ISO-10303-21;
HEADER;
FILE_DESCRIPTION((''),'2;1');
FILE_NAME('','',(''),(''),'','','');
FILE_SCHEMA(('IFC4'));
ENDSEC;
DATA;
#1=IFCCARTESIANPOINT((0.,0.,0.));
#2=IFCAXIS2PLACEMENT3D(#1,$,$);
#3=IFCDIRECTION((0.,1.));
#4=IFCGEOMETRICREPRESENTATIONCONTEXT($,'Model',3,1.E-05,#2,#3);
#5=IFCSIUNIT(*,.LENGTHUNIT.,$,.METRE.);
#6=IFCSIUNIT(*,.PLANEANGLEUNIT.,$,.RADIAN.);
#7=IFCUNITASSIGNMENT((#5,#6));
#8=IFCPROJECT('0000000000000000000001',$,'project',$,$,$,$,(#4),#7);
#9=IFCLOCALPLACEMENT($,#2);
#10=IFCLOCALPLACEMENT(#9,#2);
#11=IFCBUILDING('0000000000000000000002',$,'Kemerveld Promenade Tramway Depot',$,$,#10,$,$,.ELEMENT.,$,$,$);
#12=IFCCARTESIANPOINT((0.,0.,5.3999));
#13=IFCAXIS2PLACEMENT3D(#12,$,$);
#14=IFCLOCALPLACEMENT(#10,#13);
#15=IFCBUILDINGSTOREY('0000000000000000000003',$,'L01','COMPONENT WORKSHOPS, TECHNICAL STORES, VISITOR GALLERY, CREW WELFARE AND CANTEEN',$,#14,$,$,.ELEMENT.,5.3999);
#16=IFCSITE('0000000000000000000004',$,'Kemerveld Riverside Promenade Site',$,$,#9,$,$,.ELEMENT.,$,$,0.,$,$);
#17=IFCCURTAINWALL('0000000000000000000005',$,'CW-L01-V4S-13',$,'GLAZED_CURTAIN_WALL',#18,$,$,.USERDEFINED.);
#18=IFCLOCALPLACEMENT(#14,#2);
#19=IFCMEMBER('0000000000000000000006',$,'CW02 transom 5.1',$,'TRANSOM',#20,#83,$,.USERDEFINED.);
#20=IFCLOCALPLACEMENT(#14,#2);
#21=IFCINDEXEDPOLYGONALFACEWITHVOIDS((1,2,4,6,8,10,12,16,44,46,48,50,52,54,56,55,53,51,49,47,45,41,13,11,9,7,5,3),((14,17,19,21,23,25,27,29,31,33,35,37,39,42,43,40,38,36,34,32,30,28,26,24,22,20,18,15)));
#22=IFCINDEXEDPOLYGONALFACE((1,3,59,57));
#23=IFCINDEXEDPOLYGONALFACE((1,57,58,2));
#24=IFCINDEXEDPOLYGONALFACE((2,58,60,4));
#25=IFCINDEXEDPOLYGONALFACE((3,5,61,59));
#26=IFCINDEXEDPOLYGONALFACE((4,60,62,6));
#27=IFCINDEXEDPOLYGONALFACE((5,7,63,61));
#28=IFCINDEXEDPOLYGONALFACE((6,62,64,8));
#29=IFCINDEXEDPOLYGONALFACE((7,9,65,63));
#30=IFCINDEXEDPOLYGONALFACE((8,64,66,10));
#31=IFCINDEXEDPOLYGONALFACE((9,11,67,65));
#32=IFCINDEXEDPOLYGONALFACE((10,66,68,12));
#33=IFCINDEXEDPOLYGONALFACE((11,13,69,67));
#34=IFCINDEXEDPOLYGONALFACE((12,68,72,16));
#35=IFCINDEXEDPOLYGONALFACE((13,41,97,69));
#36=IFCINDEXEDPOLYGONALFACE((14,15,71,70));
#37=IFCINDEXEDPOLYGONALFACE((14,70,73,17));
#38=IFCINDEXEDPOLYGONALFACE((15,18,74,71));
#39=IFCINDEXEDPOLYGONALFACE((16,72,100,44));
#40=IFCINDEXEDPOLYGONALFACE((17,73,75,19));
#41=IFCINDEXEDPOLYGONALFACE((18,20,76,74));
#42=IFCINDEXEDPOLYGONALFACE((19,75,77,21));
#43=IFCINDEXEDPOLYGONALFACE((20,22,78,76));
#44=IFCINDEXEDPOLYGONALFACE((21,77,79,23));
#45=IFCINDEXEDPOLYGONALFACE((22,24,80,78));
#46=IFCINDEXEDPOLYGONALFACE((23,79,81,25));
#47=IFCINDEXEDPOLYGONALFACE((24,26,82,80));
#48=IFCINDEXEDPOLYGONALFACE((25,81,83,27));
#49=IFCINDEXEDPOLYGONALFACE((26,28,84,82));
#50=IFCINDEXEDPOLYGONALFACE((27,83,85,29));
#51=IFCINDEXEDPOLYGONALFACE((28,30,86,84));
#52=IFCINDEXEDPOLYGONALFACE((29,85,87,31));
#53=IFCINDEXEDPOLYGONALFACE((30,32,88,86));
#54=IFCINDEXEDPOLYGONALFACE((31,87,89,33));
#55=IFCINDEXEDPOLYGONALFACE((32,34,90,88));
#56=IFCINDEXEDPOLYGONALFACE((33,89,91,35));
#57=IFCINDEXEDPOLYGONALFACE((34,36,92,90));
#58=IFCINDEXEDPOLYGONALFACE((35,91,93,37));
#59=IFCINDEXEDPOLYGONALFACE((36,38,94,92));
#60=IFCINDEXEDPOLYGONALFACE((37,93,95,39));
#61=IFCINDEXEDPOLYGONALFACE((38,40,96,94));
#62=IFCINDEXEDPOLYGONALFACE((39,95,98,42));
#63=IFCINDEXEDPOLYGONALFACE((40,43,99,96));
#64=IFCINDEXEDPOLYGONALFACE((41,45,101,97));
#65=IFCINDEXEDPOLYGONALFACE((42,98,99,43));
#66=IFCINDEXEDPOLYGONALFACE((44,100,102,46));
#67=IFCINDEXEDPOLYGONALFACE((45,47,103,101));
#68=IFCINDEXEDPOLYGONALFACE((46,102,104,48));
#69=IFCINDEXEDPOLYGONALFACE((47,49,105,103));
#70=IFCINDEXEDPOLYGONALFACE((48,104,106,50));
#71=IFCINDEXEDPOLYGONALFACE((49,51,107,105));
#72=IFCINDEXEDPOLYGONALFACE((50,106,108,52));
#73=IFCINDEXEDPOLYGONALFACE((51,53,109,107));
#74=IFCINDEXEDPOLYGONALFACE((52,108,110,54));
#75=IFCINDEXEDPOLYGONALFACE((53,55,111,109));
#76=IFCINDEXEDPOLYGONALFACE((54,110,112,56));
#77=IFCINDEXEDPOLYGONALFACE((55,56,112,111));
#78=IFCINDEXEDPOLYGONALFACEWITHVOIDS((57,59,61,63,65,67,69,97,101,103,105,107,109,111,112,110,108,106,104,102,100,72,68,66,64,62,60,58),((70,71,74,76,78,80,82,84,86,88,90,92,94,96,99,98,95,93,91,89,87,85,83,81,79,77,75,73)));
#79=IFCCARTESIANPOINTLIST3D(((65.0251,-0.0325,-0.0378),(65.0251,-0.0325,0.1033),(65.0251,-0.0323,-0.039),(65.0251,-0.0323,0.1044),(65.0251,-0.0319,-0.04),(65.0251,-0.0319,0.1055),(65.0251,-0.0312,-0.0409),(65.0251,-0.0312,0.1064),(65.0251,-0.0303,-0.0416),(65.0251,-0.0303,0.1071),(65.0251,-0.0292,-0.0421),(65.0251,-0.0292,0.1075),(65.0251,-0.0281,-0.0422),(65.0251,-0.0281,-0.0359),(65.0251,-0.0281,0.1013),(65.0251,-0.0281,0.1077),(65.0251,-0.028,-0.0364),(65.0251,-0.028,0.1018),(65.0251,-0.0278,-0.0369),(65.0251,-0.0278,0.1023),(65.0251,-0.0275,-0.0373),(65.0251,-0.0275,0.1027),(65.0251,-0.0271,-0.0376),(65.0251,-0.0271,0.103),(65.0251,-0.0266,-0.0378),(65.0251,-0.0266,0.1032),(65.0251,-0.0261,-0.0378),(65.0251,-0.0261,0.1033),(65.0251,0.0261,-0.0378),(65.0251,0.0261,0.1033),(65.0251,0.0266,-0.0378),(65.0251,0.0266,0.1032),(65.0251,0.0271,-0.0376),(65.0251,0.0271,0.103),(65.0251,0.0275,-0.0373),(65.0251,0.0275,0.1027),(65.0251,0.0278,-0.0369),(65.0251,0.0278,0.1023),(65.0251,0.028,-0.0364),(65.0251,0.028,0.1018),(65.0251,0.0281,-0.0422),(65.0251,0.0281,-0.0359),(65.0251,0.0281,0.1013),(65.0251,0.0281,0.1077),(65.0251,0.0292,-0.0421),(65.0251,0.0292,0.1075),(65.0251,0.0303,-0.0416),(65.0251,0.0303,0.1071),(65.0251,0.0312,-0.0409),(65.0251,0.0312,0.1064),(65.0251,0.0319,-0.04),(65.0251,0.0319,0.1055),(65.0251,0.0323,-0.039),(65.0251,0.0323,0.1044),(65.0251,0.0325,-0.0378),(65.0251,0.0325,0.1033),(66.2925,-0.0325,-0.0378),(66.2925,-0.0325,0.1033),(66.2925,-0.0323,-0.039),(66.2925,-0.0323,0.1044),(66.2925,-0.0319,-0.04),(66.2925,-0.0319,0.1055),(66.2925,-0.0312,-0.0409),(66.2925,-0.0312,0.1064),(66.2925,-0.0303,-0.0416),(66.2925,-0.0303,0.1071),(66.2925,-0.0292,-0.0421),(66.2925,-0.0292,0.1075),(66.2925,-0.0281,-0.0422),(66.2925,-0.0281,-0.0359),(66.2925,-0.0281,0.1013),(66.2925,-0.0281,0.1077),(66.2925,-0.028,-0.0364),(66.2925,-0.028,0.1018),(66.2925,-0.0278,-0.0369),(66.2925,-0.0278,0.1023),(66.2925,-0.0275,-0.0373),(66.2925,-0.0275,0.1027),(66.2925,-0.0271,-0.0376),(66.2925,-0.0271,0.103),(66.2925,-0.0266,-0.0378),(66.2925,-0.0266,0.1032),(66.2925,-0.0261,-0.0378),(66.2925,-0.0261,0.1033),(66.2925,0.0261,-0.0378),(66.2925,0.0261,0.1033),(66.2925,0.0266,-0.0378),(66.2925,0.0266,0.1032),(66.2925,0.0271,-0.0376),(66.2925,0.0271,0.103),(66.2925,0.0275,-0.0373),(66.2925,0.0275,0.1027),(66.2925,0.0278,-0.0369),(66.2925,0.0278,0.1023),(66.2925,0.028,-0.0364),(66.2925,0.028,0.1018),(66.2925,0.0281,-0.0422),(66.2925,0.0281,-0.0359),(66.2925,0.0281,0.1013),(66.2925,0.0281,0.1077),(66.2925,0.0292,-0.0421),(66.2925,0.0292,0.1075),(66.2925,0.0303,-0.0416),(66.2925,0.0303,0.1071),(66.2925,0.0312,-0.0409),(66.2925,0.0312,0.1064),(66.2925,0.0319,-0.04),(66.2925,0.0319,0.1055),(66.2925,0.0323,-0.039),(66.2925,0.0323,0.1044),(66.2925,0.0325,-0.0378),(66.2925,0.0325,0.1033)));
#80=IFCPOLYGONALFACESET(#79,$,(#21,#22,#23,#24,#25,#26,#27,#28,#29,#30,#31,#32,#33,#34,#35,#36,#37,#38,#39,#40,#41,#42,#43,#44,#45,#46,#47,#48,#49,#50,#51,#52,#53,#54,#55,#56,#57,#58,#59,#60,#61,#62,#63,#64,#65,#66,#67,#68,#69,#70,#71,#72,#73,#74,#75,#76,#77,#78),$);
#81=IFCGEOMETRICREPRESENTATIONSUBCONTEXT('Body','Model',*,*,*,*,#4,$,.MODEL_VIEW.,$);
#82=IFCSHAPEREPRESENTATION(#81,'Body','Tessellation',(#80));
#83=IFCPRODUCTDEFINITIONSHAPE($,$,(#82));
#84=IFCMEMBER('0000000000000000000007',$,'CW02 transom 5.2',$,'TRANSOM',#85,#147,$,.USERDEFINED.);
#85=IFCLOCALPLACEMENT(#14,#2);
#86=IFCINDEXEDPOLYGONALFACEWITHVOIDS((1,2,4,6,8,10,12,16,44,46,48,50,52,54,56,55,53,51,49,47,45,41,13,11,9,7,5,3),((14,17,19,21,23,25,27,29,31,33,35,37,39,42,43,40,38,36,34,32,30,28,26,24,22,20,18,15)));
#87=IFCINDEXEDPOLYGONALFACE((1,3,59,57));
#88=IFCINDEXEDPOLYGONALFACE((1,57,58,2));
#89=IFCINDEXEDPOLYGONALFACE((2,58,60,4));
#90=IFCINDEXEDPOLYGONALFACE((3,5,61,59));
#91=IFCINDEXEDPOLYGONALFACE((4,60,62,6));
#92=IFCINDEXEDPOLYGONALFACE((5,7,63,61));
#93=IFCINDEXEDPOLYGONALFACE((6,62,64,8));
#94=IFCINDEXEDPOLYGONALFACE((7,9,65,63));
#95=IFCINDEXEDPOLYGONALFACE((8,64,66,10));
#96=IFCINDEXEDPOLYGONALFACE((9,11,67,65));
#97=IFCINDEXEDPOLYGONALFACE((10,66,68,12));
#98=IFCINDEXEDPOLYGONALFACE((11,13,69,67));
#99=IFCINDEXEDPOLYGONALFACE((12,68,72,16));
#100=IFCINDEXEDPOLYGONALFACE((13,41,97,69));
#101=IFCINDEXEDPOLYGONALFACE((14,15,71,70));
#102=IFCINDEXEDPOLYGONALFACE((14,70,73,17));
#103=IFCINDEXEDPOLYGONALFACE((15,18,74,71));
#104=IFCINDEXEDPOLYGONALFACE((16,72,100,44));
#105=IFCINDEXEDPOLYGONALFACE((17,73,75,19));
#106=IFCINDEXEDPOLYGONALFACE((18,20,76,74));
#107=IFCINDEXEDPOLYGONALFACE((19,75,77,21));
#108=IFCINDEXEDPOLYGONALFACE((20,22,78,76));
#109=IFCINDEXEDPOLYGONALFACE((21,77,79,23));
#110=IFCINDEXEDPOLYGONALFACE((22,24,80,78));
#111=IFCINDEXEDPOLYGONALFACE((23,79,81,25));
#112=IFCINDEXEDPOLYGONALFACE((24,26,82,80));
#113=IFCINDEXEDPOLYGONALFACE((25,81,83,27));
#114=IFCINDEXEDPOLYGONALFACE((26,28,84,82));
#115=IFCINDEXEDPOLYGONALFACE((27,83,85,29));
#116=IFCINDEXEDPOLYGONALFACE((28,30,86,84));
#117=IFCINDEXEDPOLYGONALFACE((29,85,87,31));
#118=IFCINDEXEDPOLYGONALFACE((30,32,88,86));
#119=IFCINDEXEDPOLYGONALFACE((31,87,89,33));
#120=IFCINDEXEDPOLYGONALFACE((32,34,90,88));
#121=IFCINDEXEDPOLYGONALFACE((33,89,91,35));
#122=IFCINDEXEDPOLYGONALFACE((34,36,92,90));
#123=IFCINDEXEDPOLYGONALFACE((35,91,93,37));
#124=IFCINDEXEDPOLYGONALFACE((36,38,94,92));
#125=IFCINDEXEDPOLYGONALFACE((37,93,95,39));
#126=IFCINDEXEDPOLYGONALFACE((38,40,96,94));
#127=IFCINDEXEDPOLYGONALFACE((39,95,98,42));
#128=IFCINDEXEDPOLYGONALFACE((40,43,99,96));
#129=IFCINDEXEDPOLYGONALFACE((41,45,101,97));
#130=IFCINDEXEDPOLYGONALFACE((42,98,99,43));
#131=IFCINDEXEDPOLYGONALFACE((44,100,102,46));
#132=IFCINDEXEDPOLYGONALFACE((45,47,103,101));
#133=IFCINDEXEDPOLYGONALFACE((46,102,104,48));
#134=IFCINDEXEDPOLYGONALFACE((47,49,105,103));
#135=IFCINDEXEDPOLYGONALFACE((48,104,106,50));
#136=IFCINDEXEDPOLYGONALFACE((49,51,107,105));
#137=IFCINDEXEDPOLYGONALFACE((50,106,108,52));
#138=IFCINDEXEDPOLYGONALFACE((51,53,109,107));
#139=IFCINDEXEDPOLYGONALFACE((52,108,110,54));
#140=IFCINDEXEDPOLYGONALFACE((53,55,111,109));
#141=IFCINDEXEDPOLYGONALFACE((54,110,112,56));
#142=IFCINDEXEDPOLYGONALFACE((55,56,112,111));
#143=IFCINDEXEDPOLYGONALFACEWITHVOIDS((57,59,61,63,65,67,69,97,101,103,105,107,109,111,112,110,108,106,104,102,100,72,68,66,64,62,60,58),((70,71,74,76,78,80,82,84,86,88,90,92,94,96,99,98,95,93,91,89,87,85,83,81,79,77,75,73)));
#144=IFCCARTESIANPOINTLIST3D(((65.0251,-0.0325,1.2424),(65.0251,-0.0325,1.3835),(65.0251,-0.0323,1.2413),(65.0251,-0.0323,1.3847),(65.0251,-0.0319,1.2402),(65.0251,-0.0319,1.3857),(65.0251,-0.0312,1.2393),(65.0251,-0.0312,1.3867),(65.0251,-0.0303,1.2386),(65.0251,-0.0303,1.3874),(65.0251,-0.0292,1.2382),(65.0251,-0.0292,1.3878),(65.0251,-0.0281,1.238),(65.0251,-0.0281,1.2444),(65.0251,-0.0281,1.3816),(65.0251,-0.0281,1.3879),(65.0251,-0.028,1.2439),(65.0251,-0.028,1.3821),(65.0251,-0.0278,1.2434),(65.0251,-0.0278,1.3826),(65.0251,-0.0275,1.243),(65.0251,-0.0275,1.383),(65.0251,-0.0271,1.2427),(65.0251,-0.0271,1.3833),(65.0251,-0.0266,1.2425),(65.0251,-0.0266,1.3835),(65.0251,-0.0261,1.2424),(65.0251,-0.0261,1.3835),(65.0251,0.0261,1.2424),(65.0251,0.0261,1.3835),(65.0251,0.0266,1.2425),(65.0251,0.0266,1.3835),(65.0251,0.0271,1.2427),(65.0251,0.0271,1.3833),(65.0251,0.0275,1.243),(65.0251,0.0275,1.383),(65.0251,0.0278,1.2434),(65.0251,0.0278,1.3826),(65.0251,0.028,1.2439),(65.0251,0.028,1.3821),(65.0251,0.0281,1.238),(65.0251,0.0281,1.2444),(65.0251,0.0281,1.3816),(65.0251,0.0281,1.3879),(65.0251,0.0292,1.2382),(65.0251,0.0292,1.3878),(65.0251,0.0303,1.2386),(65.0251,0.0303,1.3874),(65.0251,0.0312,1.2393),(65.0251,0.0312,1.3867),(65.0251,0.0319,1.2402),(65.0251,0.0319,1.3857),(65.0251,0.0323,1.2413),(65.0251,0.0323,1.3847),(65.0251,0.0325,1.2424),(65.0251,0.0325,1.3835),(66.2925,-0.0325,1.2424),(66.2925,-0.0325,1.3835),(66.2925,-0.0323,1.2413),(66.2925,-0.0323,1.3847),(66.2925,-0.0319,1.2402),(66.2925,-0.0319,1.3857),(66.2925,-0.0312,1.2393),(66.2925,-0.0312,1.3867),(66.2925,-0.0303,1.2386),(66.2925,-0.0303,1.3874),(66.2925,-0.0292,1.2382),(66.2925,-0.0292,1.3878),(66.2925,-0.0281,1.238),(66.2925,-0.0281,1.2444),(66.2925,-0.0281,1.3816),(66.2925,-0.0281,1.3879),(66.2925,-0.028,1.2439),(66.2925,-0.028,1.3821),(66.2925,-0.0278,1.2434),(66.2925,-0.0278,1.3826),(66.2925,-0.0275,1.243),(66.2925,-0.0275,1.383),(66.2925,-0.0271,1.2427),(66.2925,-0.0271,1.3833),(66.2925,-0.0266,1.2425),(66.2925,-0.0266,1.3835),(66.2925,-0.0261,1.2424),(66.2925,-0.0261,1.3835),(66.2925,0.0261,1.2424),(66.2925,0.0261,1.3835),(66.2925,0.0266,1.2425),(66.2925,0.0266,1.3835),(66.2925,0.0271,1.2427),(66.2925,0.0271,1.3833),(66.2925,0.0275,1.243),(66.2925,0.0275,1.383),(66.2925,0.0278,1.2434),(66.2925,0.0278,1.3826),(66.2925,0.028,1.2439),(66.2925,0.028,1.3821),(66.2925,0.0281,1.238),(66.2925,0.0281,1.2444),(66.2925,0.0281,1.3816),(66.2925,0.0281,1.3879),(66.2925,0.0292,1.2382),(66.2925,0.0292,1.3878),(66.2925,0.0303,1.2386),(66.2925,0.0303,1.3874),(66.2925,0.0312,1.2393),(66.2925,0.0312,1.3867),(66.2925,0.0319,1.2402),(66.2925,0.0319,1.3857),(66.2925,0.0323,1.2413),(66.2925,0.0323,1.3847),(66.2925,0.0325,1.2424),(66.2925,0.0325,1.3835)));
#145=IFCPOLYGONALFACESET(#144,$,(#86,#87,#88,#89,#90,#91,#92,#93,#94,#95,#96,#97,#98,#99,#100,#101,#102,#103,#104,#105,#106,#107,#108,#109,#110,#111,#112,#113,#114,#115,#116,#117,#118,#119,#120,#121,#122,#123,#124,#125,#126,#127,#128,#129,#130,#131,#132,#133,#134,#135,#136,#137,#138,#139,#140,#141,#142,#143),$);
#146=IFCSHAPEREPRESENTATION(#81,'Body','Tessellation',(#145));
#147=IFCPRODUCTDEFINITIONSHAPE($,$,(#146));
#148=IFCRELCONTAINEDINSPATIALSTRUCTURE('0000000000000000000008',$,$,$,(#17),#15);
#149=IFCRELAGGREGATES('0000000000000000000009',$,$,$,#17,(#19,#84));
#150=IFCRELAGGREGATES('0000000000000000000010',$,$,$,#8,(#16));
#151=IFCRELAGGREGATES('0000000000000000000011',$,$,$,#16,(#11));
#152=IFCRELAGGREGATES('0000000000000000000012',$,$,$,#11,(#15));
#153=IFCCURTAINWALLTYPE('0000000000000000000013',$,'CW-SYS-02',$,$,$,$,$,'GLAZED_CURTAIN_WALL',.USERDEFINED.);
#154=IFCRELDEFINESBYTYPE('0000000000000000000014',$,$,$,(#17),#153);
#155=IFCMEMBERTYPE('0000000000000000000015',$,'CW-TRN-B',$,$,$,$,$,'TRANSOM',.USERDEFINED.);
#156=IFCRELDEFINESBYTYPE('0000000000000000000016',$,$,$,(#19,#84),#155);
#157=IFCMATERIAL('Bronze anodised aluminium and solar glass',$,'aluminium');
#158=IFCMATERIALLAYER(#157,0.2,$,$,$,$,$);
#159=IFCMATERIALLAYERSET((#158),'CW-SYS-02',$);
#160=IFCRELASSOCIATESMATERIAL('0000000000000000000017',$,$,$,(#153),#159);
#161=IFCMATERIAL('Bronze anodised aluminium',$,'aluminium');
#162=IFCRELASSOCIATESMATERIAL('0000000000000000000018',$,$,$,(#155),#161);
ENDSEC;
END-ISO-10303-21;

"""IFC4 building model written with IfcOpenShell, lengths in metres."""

from ifc_helpers import new_model, si_unit, direction, frame, origin, origin_2d, place, context, subcontext, project, spatial, hollow_rectangle, extrude, material, layer, layer_set, material_profile, profile_set, type_object, element, aggregate, save


model = new_model("IFC4")

# Units and contexts
model_context = context("Model", 3, precision=1e-05, world=origin(), true_north=direction((0.0, 1.0)))
body_context = subcontext(model_context, "Body", "Model", "MODEL_VIEW")
ifc_project = project(units=[si_unit("LENGTHUNIT", "METRE"), si_unit("PLANEANGLEUNIT", "RADIAN")], contexts=[model_context])

# Site, building, storey
site_placement = place(None, origin())
site = spatial("IfcSite", under=ifc_project, at=site_placement, Name="Kemerveld Riverside Promenade Site", CompositionType="ELEMENT", RefElevation=0.0)
building_placement = place(site_placement, origin())
building = spatial("IfcBuilding", under=site, at=building_placement, Name="Kemerveld Promenade Tramway Depot", CompositionType="ELEMENT")
storey_placement = place(building_placement, frame((0.0, 0.0, 5.3999)))
storey = spatial("IfcBuildingStorey", under=building, at=storey_placement, Name="L01", Description="COMPONENT WORKSHOPS, TECHNICAL STORES, VISITOR GALLERY, CREW WELFARE AND CANTEEN", CompositionType="ELEMENT", Elevation=5.3999)

# Curtain wall, members
ifc_material_1 = material(Name="Bronze anodised aluminium and solar glass", Category="aluminium")
ifc_layer_1 = layer(ifc_material_1, 0.2)
ifc_layer_set_1 = layer_set([ifc_layer_1], Name="CW-SYS-02")
curtain_wall_type = type_object("IfcCurtainWallType", Name="CW-SYS-02", ElementType="GLAZED_CURTAIN_WALL", PredefinedType="USERDEFINED", material=ifc_layer_set_1)
curtain_wall_placement = place(storey_placement, origin())
curtain_wall = element("IfcCurtainWall", 1, at=curtain_wall_placement, inside=storey, type_object=curtain_wall_type, Name="CW-L01-V4S-13", ObjectType="GLAZED_CURTAIN_WALL", PredefinedType="USERDEFINED")
ifc_material_2 = material(Name="Bronze anodised aluminium", Category="aluminium")
ifc_material_profile_1 = material_profile(ifc_material_2, hollow_rectangle(XDim=0.0649, YDim=0.1499, WallThickness=0.0044, InnerFilletRadius=0.002, OuterFilletRadius=0.0044, at=origin_2d()), Name="CW-TRN-150x65")
ifc_profile_set_1 = profile_set([ifc_material_profile_1], Name="Bronze anodised aluminium")
member_type_1 = type_object("IfcMemberType", Name="CW-TRN-B", ElementType="TRANSOM", PredefinedType="USERDEFINED", material=ifc_profile_set_1)
member_1_placement = place(storey_placement, frame((66.2925, 0.0, 0.0327), z_axis=(-1.0, 0.0, 0.0), x_axis=(0.0, -1.0, 0.0)))
member_1 = element("IfcMember", 2, at=member_1_placement, type_object=member_type_1, Name="CW02 transom 5.1", ObjectType="TRANSOM", PredefinedType="USERDEFINED", context=body_context, shape_type="SweptSolid", body=[
    extrude(hollow_rectangle(XDim=0.0649, YDim=0.1499, WallThickness=0.0044, InnerFilletRadius=0.002, OuterFilletRadius=0.0044, at=origin_2d()), origin(), (0.0, 0.0, 1.0), 1.2673),
])
member_2_placement = place(storey_placement, frame((66.2925, 0.0, 1.313), z_axis=(-1.0, 0.0, 0.0), x_axis=(0.0, -1.0, 0.0)))
member_2 = element("IfcMember", 3, at=member_2_placement, type_object=member_type_1, Name="CW02 transom 5.2", ObjectType="TRANSOM", PredefinedType="USERDEFINED", context=body_context, shape_type="SweptSolid", body=[
    extrude(hollow_rectangle(XDim=0.0649, YDim=0.1499, WallThickness=0.0044, InnerFilletRadius=0.002, OuterFilletRadius=0.0044, at=origin_2d()), origin(), (0.0, 0.0, 1.0), 1.2673),
])
aggregate(curtain_wall, [member_1, member_2])

save(model, "model.ifc")
